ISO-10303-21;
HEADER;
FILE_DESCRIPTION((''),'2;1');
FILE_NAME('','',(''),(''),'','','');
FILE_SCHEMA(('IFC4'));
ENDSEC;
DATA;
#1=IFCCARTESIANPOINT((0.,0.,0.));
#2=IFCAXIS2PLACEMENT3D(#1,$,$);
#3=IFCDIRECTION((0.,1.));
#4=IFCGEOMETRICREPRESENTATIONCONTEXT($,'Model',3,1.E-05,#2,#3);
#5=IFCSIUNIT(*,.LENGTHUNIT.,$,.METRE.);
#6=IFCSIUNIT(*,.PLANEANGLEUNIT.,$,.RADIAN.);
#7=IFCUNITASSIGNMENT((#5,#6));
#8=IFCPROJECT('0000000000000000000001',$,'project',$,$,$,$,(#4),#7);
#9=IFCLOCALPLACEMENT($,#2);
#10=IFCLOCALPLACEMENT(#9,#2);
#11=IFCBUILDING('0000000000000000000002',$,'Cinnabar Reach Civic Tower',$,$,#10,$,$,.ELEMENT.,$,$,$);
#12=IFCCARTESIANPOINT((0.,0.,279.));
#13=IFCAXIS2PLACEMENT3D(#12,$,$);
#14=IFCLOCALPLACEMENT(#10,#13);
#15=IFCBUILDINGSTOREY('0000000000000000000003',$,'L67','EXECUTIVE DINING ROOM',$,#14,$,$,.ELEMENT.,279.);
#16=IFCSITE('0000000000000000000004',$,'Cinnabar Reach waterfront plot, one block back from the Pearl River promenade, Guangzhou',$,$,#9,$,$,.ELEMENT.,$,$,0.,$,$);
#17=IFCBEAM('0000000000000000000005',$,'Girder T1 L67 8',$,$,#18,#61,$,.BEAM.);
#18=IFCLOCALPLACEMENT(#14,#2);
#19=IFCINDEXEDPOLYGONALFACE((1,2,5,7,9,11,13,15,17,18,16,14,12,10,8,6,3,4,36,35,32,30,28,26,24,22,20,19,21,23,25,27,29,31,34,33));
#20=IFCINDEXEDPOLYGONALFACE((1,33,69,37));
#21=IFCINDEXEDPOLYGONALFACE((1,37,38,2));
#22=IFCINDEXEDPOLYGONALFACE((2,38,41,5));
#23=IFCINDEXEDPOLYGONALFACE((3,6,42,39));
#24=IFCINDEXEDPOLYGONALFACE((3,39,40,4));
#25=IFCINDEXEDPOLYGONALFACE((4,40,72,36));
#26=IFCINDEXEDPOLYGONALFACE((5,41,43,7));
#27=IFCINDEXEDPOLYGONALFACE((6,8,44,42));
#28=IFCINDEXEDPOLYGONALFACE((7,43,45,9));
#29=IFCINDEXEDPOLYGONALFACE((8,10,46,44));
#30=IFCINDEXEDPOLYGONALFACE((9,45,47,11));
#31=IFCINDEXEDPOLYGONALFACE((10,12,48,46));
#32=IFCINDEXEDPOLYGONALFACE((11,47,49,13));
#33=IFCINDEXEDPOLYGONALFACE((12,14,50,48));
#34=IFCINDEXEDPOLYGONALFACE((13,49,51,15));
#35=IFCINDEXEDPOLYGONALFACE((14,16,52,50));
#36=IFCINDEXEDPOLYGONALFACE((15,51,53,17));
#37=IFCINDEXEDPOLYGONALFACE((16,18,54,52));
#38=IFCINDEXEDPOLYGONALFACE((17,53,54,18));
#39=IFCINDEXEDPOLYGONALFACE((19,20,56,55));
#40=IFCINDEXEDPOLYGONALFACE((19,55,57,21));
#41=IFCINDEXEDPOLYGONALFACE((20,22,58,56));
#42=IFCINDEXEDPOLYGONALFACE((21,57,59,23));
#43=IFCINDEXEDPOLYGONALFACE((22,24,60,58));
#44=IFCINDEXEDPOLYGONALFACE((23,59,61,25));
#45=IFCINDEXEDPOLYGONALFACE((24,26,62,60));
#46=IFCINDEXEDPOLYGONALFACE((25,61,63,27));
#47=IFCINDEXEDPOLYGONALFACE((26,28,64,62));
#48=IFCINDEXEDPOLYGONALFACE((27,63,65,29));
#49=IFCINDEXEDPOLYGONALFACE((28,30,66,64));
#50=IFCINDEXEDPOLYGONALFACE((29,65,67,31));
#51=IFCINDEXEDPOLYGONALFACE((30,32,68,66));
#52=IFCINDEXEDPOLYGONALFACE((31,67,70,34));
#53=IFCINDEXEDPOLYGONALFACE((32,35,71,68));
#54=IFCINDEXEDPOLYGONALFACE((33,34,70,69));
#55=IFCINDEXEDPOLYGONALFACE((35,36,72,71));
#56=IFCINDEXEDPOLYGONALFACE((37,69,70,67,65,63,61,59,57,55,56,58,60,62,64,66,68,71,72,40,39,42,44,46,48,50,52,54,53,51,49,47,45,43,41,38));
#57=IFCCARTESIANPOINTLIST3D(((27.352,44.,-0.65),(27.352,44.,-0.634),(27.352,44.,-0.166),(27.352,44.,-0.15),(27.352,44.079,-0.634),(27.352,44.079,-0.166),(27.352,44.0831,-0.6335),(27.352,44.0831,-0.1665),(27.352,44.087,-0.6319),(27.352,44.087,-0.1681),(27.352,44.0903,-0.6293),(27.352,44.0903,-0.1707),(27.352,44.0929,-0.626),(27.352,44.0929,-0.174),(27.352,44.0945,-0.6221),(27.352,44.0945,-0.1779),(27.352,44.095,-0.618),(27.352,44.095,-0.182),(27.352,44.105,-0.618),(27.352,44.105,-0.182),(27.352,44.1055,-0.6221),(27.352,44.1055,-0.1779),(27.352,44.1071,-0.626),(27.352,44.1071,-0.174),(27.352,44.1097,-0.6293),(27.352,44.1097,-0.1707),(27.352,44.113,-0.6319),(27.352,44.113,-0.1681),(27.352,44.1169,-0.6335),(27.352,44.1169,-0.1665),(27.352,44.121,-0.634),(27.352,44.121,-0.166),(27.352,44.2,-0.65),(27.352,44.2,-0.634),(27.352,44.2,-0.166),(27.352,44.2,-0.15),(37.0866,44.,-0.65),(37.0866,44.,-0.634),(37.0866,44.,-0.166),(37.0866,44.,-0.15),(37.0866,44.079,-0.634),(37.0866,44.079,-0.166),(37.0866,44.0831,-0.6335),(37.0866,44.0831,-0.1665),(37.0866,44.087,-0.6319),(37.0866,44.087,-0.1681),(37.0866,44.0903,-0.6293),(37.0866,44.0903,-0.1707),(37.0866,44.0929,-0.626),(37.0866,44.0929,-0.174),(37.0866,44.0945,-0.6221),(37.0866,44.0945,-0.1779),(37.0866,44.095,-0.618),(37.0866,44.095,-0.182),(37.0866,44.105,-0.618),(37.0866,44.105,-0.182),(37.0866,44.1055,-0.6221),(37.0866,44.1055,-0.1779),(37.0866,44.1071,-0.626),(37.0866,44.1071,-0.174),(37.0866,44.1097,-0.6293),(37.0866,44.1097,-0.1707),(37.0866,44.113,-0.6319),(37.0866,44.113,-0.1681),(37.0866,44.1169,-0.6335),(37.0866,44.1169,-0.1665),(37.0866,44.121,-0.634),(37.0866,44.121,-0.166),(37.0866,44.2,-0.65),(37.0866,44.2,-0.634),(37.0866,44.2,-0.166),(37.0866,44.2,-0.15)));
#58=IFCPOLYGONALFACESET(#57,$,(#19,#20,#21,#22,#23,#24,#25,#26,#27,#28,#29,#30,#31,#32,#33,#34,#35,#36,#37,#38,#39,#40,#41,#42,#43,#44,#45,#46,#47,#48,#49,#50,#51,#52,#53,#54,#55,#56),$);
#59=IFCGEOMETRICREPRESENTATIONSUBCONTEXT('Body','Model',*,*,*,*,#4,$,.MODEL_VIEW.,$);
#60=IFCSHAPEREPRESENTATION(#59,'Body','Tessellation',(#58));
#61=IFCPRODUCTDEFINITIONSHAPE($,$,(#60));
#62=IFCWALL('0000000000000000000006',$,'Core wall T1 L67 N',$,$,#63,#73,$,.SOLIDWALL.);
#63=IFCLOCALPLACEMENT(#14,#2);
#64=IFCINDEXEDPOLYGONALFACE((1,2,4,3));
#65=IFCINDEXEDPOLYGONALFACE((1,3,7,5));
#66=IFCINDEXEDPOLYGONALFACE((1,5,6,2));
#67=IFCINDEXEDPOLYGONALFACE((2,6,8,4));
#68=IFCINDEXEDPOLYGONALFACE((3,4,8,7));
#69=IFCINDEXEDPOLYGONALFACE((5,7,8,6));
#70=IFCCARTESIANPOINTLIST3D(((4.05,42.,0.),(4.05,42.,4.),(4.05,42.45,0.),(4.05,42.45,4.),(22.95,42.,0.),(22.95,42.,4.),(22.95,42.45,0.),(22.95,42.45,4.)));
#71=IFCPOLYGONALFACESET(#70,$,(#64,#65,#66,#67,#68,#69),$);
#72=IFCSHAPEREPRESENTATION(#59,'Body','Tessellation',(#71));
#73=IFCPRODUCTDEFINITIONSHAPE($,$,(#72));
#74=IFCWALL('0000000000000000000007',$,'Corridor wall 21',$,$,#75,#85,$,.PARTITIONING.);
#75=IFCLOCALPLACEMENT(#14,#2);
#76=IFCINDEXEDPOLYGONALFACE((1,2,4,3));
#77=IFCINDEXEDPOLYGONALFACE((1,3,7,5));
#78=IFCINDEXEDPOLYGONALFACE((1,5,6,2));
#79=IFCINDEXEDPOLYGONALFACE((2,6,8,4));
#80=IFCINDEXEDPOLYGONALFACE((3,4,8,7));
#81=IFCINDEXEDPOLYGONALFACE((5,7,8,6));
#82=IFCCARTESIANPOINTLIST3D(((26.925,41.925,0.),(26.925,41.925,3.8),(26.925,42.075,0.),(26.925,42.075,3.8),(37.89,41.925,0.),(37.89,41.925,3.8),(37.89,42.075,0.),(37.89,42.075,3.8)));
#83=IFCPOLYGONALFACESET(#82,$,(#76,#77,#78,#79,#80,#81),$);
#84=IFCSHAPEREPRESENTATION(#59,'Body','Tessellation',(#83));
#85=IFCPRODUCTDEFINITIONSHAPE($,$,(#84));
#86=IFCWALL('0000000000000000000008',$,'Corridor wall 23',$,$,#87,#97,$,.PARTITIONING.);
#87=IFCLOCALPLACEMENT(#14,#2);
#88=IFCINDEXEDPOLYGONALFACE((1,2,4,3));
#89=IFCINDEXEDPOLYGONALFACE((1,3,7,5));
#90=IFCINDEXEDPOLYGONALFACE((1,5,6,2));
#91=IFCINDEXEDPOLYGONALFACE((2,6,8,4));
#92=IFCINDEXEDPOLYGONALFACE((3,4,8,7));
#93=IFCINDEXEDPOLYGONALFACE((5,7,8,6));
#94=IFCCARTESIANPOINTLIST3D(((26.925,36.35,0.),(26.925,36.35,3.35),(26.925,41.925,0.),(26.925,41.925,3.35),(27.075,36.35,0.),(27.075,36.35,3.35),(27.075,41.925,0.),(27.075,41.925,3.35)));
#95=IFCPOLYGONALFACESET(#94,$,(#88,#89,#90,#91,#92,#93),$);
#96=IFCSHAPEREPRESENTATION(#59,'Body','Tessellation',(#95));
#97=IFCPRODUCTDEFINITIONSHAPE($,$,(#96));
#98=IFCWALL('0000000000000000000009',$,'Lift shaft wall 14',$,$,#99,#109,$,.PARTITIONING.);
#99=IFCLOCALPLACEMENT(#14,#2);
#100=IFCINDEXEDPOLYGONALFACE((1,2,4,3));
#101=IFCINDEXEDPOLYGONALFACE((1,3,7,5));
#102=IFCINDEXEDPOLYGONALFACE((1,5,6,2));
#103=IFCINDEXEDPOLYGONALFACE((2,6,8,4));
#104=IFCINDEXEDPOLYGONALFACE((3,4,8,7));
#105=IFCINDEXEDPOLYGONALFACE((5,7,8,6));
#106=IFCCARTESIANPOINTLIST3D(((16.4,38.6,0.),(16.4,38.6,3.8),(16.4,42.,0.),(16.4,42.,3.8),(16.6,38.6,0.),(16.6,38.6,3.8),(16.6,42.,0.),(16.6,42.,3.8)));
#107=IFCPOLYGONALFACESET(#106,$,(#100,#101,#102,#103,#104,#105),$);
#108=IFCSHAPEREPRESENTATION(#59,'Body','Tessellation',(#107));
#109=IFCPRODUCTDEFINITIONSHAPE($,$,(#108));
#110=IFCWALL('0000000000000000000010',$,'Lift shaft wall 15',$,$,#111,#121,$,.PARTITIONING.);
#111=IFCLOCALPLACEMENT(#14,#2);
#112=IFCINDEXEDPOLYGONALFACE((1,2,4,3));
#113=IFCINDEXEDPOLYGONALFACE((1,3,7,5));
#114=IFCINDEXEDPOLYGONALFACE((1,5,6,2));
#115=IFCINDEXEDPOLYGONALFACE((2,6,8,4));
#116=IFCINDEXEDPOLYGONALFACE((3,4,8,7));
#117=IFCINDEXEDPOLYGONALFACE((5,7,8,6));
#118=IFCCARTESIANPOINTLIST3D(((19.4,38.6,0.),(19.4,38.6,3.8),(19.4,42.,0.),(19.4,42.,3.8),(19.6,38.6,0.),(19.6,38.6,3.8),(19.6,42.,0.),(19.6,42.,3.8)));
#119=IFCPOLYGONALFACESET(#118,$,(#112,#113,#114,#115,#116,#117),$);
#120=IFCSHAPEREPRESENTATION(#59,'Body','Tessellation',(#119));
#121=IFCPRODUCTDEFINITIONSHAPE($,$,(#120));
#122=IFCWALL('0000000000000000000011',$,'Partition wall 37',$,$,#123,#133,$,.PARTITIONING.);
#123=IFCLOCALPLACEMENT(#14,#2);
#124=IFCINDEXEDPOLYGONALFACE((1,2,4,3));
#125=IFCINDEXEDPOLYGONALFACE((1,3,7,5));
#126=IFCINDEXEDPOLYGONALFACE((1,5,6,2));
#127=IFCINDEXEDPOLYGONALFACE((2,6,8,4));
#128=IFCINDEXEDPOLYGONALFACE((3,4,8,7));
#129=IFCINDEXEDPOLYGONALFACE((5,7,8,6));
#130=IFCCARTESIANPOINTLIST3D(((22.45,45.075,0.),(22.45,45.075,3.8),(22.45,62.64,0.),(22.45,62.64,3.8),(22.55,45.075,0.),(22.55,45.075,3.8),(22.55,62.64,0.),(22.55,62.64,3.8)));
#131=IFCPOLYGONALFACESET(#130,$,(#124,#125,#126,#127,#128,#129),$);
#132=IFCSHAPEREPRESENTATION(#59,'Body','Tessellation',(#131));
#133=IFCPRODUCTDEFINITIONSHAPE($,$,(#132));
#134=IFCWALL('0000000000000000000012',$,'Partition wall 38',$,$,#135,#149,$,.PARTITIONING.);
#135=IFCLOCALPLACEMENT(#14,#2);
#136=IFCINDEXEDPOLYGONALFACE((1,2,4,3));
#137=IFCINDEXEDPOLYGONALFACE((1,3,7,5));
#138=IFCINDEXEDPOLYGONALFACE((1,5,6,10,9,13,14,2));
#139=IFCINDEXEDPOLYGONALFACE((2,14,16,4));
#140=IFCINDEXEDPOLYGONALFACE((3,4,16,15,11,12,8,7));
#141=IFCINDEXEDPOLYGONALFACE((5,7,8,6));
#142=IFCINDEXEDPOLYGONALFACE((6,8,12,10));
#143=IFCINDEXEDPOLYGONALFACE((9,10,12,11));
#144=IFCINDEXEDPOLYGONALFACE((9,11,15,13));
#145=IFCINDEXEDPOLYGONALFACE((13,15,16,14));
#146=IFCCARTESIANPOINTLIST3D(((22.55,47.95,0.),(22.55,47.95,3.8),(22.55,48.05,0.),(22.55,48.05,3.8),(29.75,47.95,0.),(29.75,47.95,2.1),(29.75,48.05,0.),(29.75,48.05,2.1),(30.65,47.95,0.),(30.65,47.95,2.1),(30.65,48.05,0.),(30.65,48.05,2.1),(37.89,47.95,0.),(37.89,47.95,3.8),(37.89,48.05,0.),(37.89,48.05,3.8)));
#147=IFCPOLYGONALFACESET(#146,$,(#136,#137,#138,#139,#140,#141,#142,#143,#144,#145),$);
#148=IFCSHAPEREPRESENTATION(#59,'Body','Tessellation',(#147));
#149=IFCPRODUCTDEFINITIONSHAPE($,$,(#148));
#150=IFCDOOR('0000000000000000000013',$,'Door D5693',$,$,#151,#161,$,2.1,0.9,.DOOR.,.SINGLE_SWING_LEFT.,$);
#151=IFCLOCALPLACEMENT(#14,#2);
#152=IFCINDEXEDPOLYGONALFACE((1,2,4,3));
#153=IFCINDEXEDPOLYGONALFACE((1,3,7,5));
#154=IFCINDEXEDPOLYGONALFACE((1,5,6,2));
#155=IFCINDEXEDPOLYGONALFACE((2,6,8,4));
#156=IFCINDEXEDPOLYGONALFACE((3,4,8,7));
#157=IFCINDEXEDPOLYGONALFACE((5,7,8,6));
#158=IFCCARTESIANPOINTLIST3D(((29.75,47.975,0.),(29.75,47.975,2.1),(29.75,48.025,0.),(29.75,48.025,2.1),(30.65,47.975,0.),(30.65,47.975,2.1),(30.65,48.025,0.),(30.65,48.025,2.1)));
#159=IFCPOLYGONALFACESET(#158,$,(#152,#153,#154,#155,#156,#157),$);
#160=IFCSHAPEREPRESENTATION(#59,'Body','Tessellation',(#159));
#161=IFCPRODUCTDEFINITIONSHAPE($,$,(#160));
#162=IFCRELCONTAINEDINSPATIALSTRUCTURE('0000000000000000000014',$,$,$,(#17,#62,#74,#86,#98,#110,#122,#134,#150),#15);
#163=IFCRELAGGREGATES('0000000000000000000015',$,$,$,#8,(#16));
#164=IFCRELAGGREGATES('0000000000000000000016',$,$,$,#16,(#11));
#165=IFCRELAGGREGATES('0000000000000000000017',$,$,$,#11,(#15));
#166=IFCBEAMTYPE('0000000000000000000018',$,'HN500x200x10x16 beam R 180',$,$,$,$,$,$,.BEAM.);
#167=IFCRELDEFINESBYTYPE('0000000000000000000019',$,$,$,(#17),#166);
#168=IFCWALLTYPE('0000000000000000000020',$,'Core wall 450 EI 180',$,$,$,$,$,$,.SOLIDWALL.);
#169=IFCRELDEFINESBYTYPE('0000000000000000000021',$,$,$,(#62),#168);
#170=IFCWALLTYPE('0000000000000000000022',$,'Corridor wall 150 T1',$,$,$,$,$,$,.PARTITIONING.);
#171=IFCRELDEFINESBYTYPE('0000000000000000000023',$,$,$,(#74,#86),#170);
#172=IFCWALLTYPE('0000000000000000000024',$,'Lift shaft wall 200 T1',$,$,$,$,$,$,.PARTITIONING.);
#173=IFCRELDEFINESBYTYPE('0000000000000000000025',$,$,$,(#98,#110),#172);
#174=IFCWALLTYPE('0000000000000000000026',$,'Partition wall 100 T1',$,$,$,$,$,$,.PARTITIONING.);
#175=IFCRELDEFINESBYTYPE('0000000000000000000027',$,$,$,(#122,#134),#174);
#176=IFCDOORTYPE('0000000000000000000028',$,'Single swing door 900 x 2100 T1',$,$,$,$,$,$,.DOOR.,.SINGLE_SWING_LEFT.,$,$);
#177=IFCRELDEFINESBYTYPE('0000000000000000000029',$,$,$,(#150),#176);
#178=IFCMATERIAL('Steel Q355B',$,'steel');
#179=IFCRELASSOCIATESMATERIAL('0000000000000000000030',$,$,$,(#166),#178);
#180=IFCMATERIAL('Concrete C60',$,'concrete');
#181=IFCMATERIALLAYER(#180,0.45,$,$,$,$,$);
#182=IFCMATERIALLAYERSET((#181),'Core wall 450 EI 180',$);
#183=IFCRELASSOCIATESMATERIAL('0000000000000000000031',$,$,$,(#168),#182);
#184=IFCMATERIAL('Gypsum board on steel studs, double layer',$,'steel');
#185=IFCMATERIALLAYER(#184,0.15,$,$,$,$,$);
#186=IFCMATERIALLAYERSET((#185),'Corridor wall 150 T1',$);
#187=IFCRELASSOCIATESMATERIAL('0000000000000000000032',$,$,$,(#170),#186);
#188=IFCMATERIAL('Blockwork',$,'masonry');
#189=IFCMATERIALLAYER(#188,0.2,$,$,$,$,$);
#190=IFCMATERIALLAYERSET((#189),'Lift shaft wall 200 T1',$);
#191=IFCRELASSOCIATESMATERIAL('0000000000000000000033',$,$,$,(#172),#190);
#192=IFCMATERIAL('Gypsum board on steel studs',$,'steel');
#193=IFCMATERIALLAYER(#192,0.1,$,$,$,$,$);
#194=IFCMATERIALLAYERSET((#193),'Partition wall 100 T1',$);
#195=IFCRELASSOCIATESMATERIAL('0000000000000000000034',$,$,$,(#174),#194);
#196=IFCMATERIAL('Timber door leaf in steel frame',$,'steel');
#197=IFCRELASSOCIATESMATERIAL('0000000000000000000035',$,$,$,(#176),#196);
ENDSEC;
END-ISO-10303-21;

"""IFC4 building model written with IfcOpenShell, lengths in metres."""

from ifc_helpers import new_model, si_unit, direction, frame, frame_2d, origin, origin_2d, place, context, subcontext, project, spatial, rectangle, i_section, extrude, material, layer, layer_set, material_profile, profile_set, type_object, element, fill, save


model = new_model("IFC4")

# Units and contexts
model_context = context("Model", 3, precision=1e-05, world=origin(), true_north=direction((0.0, 1.0)))
body_context = subcontext(model_context, "Body", "Model", "MODEL_VIEW")
ifc_project = project(units=[si_unit("LENGTHUNIT", "METRE"), si_unit("PLANEANGLEUNIT", "RADIAN")], contexts=[model_context])

# Site, building, storey
site_placement = place(None, origin())
site = spatial("IfcSite", under=ifc_project, at=site_placement, Name="Cinnabar Reach waterfront plot, one block back from the Pearl River promenade, Guangzhou", CompositionType="ELEMENT", RefElevation=0.0)
building_placement = place(site_placement, origin())
building = spatial("IfcBuilding", under=site, at=building_placement, Name="Cinnabar Reach Civic Tower", CompositionType="ELEMENT")
storey_placement = place(building_placement, frame((0.0, 0.0, 279.0)))
storey = spatial("IfcBuildingStorey", under=building, at=storey_placement, Name="L67", Description="EXECUTIVE DINING ROOM", CompositionType="ELEMENT", Elevation=279.0)

# Shared definitions
ifc_material_1 = material(Name="Concrete C60", Category="concrete")

# Beam
ifc_material_2 = material(Name="Steel Q355B", Category="steel")
ifc_material_profile_1 = material_profile(ifc_material_2, i_section(OverallWidth=0.2, OverallDepth=0.5, WebThickness=0.01, FlangeThickness=0.016, FilletRadius=0.016, at=origin_2d()), Name="HN500x200x10x16")
ifc_profile_set_1 = profile_set([ifc_material_profile_1], Name="Steel Q355B")
beam_type_1 = type_object("IfcBeamType", Name="HN500x200x10x16 beam R 180", PredefinedType="BEAM", material=ifc_profile_set_1)
beam_1_placement = place(storey_placement, frame((27.352, 44.1, -0.4), z_axis=(1.0, 0.0, 0.0), x_axis=(0.0, 1.0, 0.0)))
element("IfcBeam", 1, at=beam_1_placement, inside=storey, type_object=beam_type_1, Name="Girder T1 L67 8", PredefinedType="BEAM", context=body_context, shape_type="SweptSolid", body=[
    extrude(i_section(OverallWidth=0.2, OverallDepth=0.5, WebThickness=0.01, FlangeThickness=0.016, FilletRadius=0.016, at=origin_2d()), origin(), (0.0, 0.0, 1.0), 9.7346),
])

# Walls
ifc_layer_1 = layer(ifc_material_1, 0.45)
ifc_layer_set_1 = layer_set([ifc_layer_1], Name="Core wall 450 EI 180")
wall_type_1 = type_object("IfcWallType", Name="Core wall 450 EI 180", PredefinedType="SOLIDWALL", material=ifc_layer_set_1)
wall_1_placement = place(storey_placement, frame((22.95, 42.225, 0.0), z_axis=(0.0, 0.0, 1.0), x_axis=(-1.0, 0.0, 0.0)))
element("IfcWall", 2, at=wall_1_placement, inside=storey, type_object=wall_type_1, Name="Core wall T1 L67 N", PredefinedType="SOLIDWALL", context=body_context, shape_type="SweptSolid", body=[
    extrude(rectangle(XDim=18.9, YDim=0.45, at=frame_2d((9.45, 0.0))), origin(), (0.0, 0.0, 1.0), 4.0),
])
ifc_material_3 = material(Name="Gypsum board on steel studs, double layer", Category="steel")
ifc_layer_2 = layer(ifc_material_3, 0.15)
ifc_layer_set_2 = layer_set([ifc_layer_2], Name="Corridor wall 150 T1")
wall_type_2 = type_object("IfcWallType", Name="Corridor wall 150 T1", PredefinedType="PARTITIONING", material=ifc_layer_set_2)
wall_2_placement = place(storey_placement, frame((26.925, 42.0, 0.0), z_axis=(0.0, 0.0, 1.0), x_axis=(1.0, 0.0, 0.0)))
element("IfcWall", 3, at=wall_2_placement, inside=storey, type_object=wall_type_2, Name="Corridor wall 21", PredefinedType="PARTITIONING", context=body_context, shape_type="SweptSolid", body=[
    extrude(rectangle(XDim=10.965, YDim=0.15, at=frame_2d((5.4825, 0.0))), origin(), (0.0, 0.0, 1.0), 3.8),
])
wall_3_placement = place(storey_placement, frame((27.0, 36.35, 0.0), z_axis=(0.0, 0.0, 1.0), x_axis=(0.0, 1.0, 0.0)))
element("IfcWall", 4, at=wall_3_placement, inside=storey, type_object=wall_type_2, Name="Corridor wall 23", PredefinedType="PARTITIONING", context=body_context, shape_type="SweptSolid", body=[
    extrude(rectangle(XDim=5.575, YDim=0.15, at=frame_2d((2.7875, 0.0))), origin(), (0.0, 0.0, 1.0), 3.35),
])
ifc_material_4 = material(Name="Blockwork", Category="masonry")
ifc_layer_3 = layer(ifc_material_4, 0.2)
ifc_layer_set_3 = layer_set([ifc_layer_3], Name="Lift shaft wall 200 T1")
wall_type_3 = type_object("IfcWallType", Name="Lift shaft wall 200 T1", PredefinedType="PARTITIONING", material=ifc_layer_set_3)
for number, where, z_axis, x_axis, name in (
    (5, (16.5, 38.6, 0.0), (0.0, 0.0, 1.0), (0.0, 1.0, 0.0), "Lift shaft wall 14"),
    (6, (19.5, 38.6, 0.0), (0.0, 0.0, 1.0), (0.0, 1.0, 0.0), "Lift shaft wall 15"),
):
    element("IfcWall", number, at=place(storey_placement, frame(where, z_axis=z_axis, x_axis=x_axis)), inside=storey, type_object=wall_type_3, Name=name, PredefinedType="PARTITIONING", context=body_context, shape_type="SweptSolid", body=[
        extrude(rectangle(XDim=3.4, YDim=0.2, at=frame_2d((1.7, 0.0))), origin(), (0.0, 0.0, 1.0), 3.8),
    ])
ifc_material_5 = material(Name="Gypsum board on steel studs", Category="steel")
ifc_layer_4 = layer(ifc_material_5, 0.1)
ifc_layer_set_4 = layer_set([ifc_layer_4], Name="Partition wall 100 T1")
wall_type_4 = type_object("IfcWallType", Name="Partition wall 100 T1", PredefinedType="PARTITIONING", material=ifc_layer_set_4)
wall_4_placement = place(storey_placement, frame((22.5, 45.075, 0.0), z_axis=(0.0, 0.0, 1.0), x_axis=(0.0, 1.0, 0.0)))
element("IfcWall", 7, at=wall_4_placement, inside=storey, type_object=wall_type_4, Name="Partition wall 37", PredefinedType="PARTITIONING", context=body_context, shape_type="SweptSolid", body=[
    extrude(rectangle(XDim=17.565, YDim=0.1, at=frame_2d((8.7825, 0.0))), origin(), (0.0, 0.0, 1.0), 3.8),
])

# Wall, opening, door
wall_5_placement = place(storey_placement, frame((22.55, 48.0, 0.0), z_axis=(0.0, 0.0, 1.0), x_axis=(1.0, 0.0, 0.0)))
wall_5 = element("IfcWall", 8, at=wall_5_placement, inside=storey, type_object=wall_type_4, Name="Partition wall 38", PredefinedType="PARTITIONING", context=body_context, shape_type="SweptSolid", body=[
    extrude(rectangle(XDim=15.34, YDim=0.1, at=frame_2d((7.67, 0.0))), origin(), (0.0, 0.0, 1.0), 3.8),
])
opening_1_placement = place(wall_5_placement, frame((7.2, 0.0, 0.0)))
opening_1 = element("IfcOpeningElement", 9, at=opening_1_placement, cuts=wall_5, PredefinedType="OPENING", context=body_context, shape_type="SweptSolid", body=[
    extrude(rectangle(XDim=0.9, YDim=2.1, at=frame_2d((0.45, 1.05))), frame((0.0, 0.06, 0.0), z_axis=(0.0, -1.0, 0.0), x_axis=(1.0, 0.0, 0.0)), (0.0, 0.0, 1.0), 0.12),
])
ifc_material_6 = material(Name="Timber door leaf in steel frame", Category="steel")
door_type_1 = type_object("IfcDoorType", Name="Single swing door 900 x 2100 T1", OperationType="SINGLE_SWING_LEFT", PredefinedType="DOOR", material=ifc_material_6)
door_1_placement = place(opening_1_placement, frame((0.9, 0.0, 0.0), z_axis=(0.0, 0.0, 1.0), x_axis=(-1.0, 0.0, 0.0)))
door_1 = element("IfcDoor", 10, at=door_1_placement, inside=storey, type_object=door_type_1, Name="Door D5693", OperationType="SINGLE_SWING_LEFT", OverallHeight=2.1, OverallWidth=0.9, PredefinedType="DOOR", context=body_context, shape_type="SweptSolid", body=[
    extrude(rectangle(XDim=0.9, YDim=2.1, at=frame_2d((0.45, 1.05))), frame((0.0, 0.025, 0.0), z_axis=(0.0, -1.0, 0.0), x_axis=(1.0, 0.0, 0.0)), (0.0, 0.0, 1.0), 0.05),
])
fill(opening_1, door_1)

save(model, "model.ifc")
